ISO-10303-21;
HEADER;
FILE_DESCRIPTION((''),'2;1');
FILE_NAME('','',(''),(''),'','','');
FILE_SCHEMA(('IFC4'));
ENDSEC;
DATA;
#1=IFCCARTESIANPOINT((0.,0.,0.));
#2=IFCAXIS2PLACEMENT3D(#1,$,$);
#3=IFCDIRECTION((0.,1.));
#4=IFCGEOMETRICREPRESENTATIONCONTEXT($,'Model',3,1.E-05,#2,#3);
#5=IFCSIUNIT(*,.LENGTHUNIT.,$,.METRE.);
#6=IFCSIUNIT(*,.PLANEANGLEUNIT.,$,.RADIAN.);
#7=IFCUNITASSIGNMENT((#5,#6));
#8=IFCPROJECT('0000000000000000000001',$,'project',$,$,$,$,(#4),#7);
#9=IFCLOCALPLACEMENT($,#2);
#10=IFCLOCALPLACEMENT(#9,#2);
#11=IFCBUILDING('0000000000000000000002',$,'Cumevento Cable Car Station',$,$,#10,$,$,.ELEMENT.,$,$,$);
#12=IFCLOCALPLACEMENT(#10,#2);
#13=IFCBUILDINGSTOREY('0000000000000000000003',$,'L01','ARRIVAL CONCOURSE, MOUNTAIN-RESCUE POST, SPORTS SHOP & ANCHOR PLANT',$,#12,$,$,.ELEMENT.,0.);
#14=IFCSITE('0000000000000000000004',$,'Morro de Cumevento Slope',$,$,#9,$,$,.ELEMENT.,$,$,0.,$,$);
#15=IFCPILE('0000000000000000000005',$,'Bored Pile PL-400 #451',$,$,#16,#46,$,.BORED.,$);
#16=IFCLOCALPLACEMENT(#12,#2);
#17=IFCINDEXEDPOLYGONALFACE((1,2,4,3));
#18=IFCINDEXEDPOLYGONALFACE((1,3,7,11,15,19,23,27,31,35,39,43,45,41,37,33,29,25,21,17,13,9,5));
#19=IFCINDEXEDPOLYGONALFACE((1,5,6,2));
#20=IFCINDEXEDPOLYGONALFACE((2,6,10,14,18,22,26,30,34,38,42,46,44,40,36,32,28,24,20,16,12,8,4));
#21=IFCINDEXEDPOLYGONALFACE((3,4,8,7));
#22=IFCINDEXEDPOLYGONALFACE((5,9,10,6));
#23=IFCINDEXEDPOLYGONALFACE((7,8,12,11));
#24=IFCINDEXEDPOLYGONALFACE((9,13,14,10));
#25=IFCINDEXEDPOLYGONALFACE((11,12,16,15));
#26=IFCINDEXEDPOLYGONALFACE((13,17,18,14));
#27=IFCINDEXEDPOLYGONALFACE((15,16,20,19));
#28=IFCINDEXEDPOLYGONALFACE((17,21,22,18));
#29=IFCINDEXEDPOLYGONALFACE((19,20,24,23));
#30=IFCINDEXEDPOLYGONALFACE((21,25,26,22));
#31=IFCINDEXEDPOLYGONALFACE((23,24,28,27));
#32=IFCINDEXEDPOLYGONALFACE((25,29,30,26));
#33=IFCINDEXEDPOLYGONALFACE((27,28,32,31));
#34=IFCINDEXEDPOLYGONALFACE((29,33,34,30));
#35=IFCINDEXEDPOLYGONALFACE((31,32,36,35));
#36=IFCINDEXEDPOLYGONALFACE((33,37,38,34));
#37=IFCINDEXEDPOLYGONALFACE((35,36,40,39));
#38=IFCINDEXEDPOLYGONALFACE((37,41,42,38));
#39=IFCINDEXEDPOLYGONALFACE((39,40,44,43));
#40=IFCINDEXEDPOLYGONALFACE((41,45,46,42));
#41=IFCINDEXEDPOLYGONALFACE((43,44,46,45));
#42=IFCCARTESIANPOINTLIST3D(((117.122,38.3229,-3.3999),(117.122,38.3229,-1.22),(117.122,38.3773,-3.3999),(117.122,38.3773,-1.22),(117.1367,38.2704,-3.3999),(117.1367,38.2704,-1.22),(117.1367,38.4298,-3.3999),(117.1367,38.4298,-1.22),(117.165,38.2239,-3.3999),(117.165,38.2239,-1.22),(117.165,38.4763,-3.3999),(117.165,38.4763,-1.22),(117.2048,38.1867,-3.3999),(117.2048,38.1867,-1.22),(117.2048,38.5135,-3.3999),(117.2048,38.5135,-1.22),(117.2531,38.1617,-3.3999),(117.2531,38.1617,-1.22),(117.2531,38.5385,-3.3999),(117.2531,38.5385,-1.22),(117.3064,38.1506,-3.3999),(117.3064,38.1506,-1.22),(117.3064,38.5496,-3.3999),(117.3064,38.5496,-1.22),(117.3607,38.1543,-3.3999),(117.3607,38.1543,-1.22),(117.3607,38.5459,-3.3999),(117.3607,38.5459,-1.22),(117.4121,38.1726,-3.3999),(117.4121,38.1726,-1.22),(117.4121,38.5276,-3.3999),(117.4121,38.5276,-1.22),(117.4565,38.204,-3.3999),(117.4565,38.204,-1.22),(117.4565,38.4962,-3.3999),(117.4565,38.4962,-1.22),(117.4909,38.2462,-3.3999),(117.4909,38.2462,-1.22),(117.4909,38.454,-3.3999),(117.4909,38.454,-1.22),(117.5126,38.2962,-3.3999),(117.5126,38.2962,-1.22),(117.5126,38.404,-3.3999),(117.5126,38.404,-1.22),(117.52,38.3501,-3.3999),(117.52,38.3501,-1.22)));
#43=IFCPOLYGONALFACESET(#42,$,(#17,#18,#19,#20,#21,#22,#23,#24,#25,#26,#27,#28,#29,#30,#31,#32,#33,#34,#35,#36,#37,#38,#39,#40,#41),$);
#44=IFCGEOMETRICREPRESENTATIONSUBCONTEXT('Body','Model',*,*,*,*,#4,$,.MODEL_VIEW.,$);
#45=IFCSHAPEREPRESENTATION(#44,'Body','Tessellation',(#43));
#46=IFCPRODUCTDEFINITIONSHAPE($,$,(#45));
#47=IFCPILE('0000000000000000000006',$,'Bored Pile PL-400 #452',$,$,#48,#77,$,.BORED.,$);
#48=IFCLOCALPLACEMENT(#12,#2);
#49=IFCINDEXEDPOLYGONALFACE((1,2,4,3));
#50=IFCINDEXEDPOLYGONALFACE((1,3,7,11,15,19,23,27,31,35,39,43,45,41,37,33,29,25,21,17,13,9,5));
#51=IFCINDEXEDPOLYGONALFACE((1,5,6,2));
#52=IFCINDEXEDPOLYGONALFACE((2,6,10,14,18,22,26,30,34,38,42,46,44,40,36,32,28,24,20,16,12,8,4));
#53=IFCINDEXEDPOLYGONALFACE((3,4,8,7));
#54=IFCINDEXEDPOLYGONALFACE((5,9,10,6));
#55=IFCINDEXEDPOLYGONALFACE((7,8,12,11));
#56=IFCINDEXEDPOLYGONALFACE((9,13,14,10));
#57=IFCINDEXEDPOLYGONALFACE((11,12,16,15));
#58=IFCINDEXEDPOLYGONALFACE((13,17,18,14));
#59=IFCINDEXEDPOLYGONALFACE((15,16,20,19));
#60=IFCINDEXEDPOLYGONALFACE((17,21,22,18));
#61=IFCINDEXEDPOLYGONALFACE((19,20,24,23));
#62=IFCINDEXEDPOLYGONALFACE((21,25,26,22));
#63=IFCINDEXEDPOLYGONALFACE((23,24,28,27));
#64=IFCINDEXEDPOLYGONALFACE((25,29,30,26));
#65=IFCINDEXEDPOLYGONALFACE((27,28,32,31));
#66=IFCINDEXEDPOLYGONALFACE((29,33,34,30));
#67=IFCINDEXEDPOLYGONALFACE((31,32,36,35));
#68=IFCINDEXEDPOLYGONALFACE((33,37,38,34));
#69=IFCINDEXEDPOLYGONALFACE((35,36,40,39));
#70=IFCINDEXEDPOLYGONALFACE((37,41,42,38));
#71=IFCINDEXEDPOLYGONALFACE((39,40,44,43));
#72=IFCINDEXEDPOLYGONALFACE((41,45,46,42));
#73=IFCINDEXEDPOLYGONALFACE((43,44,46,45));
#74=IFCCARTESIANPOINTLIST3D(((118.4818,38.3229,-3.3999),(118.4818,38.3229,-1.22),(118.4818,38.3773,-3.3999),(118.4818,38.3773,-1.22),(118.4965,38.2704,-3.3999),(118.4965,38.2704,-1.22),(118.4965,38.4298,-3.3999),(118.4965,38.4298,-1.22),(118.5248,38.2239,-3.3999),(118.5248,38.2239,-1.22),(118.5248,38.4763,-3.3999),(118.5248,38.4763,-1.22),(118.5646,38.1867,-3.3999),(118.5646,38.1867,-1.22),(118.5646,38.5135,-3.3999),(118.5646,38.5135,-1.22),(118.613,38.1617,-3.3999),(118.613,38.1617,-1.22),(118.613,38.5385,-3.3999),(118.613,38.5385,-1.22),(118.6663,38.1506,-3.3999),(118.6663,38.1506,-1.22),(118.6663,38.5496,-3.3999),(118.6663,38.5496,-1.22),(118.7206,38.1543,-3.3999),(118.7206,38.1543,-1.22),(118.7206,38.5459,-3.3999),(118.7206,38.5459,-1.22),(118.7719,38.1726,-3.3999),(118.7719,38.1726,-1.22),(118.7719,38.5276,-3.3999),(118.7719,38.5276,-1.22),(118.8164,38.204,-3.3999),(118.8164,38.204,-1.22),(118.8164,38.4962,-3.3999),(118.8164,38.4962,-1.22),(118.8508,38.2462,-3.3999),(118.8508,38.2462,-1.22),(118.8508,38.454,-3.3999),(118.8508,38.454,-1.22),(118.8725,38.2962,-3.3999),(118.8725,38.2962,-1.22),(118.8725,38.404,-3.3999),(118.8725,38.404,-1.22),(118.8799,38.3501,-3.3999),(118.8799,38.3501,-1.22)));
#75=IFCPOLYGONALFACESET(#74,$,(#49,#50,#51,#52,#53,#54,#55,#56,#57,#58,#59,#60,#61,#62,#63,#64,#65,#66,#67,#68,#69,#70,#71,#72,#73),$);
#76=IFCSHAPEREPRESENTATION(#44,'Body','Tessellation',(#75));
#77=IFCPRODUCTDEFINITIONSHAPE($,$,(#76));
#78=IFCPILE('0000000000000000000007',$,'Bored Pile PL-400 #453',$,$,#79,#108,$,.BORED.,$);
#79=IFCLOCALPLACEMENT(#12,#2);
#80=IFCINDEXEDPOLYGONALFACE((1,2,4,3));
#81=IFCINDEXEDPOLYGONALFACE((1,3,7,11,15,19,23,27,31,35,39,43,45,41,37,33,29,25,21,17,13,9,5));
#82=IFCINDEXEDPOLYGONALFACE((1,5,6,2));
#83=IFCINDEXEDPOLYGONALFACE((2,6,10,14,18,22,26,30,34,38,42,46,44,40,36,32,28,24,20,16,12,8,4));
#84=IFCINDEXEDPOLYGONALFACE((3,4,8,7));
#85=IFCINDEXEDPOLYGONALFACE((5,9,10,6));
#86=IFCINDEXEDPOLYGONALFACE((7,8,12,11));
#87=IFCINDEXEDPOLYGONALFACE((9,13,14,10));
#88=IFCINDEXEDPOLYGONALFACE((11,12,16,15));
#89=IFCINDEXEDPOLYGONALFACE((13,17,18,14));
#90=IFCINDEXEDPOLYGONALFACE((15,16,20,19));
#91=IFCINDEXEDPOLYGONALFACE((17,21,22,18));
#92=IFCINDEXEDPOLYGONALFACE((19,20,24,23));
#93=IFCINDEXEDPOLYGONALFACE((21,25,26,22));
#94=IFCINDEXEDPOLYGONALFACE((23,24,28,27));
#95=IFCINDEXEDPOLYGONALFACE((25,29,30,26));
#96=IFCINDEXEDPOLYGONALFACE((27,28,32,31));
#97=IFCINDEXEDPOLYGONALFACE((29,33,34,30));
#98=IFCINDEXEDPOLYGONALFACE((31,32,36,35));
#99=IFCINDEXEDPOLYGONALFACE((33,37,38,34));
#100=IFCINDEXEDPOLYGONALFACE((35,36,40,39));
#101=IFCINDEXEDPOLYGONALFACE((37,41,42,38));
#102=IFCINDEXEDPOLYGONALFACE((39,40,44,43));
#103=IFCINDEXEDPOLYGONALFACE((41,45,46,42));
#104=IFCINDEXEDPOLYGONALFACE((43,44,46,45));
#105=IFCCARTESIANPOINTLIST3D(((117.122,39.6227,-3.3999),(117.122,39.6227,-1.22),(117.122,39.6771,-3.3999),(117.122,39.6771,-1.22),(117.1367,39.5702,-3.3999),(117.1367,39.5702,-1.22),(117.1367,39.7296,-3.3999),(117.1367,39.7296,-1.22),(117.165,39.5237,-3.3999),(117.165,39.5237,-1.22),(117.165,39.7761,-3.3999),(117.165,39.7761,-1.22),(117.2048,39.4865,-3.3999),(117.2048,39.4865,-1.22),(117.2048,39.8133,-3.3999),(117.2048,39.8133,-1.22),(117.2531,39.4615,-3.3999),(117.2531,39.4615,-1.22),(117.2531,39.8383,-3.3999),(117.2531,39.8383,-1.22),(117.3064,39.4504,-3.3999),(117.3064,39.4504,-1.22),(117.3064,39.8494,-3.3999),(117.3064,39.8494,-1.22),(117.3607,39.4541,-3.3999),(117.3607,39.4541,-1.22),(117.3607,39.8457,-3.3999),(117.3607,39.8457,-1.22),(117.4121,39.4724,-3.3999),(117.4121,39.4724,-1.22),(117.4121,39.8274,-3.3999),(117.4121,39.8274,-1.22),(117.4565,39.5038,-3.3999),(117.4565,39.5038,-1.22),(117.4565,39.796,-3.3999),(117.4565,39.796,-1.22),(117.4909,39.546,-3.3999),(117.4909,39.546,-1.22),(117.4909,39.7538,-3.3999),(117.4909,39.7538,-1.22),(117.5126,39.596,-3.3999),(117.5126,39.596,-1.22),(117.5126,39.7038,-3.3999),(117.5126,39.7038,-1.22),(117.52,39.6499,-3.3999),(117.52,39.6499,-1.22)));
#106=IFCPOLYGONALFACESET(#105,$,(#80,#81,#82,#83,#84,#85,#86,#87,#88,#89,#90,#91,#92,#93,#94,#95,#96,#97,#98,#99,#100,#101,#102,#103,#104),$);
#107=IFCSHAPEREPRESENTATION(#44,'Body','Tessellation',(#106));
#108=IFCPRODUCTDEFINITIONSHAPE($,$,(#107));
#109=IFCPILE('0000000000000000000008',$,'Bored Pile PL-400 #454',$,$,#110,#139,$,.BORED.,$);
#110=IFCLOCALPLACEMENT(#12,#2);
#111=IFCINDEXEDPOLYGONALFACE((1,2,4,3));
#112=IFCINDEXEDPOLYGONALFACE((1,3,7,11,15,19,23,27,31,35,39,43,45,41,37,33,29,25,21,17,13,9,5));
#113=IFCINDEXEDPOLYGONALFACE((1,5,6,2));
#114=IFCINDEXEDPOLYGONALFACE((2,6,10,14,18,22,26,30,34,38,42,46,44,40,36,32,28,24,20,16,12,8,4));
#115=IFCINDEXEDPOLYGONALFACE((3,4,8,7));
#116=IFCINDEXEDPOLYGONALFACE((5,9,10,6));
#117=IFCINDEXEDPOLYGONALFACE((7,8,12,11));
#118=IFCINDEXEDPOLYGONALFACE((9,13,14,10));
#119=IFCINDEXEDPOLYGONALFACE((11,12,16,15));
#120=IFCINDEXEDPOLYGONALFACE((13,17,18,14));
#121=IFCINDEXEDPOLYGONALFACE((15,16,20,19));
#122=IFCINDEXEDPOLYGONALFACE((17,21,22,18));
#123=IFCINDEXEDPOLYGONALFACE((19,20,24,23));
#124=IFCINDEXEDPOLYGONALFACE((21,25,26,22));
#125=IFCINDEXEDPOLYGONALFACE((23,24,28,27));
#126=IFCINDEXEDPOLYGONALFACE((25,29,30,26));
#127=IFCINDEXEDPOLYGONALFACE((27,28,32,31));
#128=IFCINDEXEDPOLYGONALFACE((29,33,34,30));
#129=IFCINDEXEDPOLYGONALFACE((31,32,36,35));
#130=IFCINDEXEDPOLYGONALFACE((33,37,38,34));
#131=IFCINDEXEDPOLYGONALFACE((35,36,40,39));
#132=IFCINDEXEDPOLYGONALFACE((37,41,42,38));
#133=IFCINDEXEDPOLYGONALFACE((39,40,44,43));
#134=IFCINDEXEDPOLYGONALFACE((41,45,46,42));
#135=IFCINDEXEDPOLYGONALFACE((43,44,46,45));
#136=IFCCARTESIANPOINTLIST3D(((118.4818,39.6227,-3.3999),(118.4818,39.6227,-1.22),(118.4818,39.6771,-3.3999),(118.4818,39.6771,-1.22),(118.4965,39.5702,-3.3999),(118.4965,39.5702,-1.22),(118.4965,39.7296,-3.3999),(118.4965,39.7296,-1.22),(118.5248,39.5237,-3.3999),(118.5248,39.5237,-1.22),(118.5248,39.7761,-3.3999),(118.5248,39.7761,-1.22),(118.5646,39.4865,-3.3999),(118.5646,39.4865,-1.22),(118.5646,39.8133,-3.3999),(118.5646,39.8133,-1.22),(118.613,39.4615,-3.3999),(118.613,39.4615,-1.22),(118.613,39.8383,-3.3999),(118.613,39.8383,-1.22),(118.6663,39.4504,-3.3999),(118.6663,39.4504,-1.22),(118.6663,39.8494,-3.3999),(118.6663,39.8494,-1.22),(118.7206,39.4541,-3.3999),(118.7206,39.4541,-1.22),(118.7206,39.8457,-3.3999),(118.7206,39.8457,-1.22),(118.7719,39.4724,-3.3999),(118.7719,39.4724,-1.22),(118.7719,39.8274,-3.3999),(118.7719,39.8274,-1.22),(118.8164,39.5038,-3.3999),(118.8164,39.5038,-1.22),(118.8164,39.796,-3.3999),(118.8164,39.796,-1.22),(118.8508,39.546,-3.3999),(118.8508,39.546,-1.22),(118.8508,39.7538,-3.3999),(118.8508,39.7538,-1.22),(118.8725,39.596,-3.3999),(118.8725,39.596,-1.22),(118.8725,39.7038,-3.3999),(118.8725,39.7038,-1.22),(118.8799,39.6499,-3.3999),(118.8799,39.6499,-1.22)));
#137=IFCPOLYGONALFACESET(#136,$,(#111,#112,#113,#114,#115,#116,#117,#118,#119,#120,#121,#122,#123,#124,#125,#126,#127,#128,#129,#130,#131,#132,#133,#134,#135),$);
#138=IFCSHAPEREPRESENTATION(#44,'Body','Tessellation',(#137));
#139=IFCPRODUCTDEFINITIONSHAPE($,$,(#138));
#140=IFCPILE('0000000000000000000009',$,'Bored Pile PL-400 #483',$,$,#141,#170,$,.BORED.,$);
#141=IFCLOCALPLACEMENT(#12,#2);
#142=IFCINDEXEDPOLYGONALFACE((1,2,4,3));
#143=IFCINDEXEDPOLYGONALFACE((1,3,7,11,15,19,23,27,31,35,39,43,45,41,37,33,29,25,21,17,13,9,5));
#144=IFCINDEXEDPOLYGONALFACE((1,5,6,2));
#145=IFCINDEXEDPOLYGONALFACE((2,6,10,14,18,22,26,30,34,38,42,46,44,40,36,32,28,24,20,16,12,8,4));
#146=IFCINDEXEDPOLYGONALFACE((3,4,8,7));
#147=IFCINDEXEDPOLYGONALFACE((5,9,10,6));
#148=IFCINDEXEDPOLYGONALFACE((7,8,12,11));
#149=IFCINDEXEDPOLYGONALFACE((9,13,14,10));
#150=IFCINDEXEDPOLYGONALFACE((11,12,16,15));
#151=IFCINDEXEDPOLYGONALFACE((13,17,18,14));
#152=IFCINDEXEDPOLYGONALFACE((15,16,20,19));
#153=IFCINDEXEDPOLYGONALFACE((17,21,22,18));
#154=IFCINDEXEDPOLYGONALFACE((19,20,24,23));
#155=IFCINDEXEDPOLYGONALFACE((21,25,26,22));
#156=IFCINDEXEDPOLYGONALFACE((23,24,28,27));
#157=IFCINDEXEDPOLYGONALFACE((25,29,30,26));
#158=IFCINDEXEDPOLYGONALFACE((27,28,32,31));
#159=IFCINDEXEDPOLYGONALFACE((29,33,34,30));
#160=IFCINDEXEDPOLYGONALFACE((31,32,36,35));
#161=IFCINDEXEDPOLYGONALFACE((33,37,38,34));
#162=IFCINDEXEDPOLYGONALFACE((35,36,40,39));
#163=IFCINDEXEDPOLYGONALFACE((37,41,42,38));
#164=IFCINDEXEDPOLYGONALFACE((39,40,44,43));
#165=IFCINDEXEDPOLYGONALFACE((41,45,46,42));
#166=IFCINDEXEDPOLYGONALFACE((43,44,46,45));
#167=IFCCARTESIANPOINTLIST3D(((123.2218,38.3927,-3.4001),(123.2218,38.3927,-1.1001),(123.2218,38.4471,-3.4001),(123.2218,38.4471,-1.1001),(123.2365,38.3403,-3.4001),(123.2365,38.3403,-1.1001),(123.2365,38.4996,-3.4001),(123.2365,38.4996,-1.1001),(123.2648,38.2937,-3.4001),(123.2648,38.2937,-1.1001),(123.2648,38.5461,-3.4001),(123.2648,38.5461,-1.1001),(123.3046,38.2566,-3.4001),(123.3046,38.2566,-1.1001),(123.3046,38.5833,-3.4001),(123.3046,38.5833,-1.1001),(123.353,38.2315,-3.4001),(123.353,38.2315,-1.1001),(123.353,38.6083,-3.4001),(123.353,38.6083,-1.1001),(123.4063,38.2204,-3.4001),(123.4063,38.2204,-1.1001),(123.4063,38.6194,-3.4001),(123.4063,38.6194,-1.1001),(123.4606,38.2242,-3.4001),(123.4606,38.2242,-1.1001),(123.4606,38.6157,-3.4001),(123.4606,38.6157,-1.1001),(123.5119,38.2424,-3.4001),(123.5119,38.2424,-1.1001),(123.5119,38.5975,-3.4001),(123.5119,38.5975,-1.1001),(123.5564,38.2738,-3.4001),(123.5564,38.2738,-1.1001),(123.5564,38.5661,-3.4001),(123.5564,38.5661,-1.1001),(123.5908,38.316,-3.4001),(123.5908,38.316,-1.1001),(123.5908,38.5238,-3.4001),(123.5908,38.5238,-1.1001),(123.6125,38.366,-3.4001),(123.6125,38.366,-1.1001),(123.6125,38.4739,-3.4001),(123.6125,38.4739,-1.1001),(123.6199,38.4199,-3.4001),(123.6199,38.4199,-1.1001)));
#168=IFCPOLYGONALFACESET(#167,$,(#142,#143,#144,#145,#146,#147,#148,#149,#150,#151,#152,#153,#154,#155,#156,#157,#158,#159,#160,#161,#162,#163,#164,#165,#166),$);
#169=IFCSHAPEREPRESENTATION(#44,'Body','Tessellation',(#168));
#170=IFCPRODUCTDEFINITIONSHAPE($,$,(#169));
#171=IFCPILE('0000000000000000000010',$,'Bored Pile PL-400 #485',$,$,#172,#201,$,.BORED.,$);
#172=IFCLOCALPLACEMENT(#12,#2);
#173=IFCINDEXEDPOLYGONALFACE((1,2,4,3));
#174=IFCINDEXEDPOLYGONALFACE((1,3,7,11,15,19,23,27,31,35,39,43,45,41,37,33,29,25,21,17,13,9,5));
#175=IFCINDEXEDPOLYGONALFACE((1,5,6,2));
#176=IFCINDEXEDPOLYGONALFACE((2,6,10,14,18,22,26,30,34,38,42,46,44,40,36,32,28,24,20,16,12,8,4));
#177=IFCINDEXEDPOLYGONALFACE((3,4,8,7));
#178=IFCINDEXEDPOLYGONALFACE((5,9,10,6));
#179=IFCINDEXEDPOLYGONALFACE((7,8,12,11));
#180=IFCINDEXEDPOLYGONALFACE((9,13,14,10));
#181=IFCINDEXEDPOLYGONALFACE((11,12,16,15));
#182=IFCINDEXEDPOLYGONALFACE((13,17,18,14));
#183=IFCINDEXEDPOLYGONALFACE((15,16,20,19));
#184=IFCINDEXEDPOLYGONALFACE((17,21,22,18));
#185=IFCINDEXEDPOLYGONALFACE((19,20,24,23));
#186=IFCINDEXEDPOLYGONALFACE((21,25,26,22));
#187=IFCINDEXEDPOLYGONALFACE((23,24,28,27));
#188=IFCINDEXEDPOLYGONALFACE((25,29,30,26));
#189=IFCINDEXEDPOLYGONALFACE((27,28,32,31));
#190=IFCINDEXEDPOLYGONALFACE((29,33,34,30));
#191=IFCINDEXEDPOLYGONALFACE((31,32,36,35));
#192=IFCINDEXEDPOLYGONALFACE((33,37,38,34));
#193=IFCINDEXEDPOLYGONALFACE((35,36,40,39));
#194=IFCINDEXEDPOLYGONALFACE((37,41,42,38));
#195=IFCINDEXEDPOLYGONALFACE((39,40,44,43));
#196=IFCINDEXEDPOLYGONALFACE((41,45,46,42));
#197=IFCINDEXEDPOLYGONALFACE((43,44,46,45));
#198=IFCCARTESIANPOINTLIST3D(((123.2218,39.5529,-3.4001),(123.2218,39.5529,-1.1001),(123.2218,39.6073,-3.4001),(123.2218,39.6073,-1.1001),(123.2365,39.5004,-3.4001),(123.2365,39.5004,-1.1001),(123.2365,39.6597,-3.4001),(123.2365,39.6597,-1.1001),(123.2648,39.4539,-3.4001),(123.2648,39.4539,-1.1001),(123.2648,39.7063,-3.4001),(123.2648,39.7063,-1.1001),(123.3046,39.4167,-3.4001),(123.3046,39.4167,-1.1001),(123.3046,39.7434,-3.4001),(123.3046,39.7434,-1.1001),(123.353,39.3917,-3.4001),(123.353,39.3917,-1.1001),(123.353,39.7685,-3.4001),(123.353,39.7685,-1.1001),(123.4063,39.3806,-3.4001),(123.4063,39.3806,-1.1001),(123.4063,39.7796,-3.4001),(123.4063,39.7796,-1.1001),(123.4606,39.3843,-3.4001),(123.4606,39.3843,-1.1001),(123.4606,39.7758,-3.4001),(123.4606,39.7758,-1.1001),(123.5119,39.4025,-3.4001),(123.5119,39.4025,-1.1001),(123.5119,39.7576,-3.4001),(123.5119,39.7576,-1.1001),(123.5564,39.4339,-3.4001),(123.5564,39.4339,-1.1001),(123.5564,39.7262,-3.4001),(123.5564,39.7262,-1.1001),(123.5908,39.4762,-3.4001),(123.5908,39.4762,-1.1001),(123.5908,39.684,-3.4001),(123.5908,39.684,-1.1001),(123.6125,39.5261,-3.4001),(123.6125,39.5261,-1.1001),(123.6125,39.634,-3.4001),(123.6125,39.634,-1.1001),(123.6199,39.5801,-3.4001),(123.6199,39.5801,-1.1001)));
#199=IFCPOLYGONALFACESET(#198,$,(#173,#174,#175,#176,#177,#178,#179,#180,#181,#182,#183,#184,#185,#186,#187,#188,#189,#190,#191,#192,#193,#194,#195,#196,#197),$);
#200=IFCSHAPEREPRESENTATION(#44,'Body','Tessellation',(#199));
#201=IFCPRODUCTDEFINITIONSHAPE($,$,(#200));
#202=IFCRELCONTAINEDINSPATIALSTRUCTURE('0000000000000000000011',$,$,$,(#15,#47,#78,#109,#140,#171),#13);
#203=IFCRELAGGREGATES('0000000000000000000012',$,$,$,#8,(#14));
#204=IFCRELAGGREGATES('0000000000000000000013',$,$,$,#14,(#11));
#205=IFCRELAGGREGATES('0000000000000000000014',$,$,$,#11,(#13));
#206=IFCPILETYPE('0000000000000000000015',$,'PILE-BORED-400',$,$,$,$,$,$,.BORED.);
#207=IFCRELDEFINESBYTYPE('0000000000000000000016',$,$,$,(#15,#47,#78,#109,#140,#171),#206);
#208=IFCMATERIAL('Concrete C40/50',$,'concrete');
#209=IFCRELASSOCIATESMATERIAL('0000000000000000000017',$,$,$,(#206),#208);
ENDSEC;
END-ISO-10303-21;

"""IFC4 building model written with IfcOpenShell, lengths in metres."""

from ifc_helpers import new_model, si_unit, direction, frame, origin, origin_2d, place, context, subcontext, project, spatial, circle, extrude, material, material_profile, profile_set, type_object, element, save


model = new_model("IFC4")

# Units and contexts
model_context = context("Model", 3, precision=1e-05, world=origin(), true_north=direction((0.0, 1.0)))
body_context = subcontext(model_context, "Body", "Model", "MODEL_VIEW")
ifc_project = project(units=[si_unit("LENGTHUNIT", "METRE"), si_unit("PLANEANGLEUNIT", "RADIAN")], contexts=[model_context])

# Site, building, storey
site_placement = place(None, origin())
site = spatial("IfcSite", under=ifc_project, at=site_placement, Name="Morro de Cumevento Slope", CompositionType="ELEMENT", RefElevation=0.0)
building_placement = place(site_placement, origin())
building = spatial("IfcBuilding", under=site, at=building_placement, Name="Cumevento Cable Car Station", CompositionType="ELEMENT")
storey_placement = place(building_placement, origin())
storey = spatial("IfcBuildingStorey", under=building, at=storey_placement, Name="L01", Description="ARRIVAL CONCOURSE, MOUNTAIN-RESCUE POST, SPORTS SHOP & ANCHOR PLANT", CompositionType="ELEMENT", Elevation=0.0)

# Piles
ifc_material_1 = material(Name="Concrete C40/50", Category="concrete")
ifc_material_profile_1 = material_profile(ifc_material_1, circle(Radius=0.2, at=origin_2d()), Name="PILE-D400")
ifc_profile_set_1 = profile_set([ifc_material_profile_1], Name="Concrete C40/50")
pile_type_1 = type_object("IfcPileType", Name="PILE-BORED-400", PredefinedType="BORED", material=ifc_profile_set_1)
for number, where, z_axis, x_axis, name in (
    (1, (117.3201, 38.3501, -1.22), (0.0, 0.0, -1.0), (1.0, 0.0, 0.0), "Bored Pile PL-400 #451"),
    (2, (118.6799, 38.3501, -1.22), (0.0, 0.0, -1.0), (1.0, 0.0, 0.0), "Bored Pile PL-400 #452"),
    (3, (117.3201, 39.6499, -1.22), (0.0, 0.0, -1.0), (1.0, 0.0, 0.0), "Bored Pile PL-400 #453"),
    (4, (118.6799, 39.6499, -1.22), (0.0, 0.0, -1.0), (1.0, 0.0, 0.0), "Bored Pile PL-400 #454"),
):
    element("IfcPile", number, at=place(storey_placement, frame(where, z_axis=z_axis, x_axis=x_axis)), inside=storey, type_object=pile_type_1, Name=name, PredefinedType="BORED", context=body_context, shape_type="SweptSolid", body=[
        extrude(circle(Radius=0.2, at=origin_2d()), origin(), (0.0, 0.0, 1.0), 2.1799),
    ])
for number, where, z_axis, x_axis, name in (
    (5, (123.4199, 38.4199, -1.1001), (0.0, 0.0, -1.0), (1.0, 0.0, 0.0), "Bored Pile PL-400 #483"),
    (6, (123.4199, 39.5801, -1.1001), (0.0, 0.0, -1.0), (1.0, 0.0, 0.0), "Bored Pile PL-400 #485"),
):
    element("IfcPile", number, at=place(storey_placement, frame(where, z_axis=z_axis, x_axis=x_axis)), inside=storey, type_object=pile_type_1, Name=name, PredefinedType="BORED", context=body_context, shape_type="SweptSolid", body=[
        extrude(circle(Radius=0.2, at=origin_2d()), origin(), (0.0, 0.0, 1.0), 2.3),
    ])

save(model, "model.ifc")
